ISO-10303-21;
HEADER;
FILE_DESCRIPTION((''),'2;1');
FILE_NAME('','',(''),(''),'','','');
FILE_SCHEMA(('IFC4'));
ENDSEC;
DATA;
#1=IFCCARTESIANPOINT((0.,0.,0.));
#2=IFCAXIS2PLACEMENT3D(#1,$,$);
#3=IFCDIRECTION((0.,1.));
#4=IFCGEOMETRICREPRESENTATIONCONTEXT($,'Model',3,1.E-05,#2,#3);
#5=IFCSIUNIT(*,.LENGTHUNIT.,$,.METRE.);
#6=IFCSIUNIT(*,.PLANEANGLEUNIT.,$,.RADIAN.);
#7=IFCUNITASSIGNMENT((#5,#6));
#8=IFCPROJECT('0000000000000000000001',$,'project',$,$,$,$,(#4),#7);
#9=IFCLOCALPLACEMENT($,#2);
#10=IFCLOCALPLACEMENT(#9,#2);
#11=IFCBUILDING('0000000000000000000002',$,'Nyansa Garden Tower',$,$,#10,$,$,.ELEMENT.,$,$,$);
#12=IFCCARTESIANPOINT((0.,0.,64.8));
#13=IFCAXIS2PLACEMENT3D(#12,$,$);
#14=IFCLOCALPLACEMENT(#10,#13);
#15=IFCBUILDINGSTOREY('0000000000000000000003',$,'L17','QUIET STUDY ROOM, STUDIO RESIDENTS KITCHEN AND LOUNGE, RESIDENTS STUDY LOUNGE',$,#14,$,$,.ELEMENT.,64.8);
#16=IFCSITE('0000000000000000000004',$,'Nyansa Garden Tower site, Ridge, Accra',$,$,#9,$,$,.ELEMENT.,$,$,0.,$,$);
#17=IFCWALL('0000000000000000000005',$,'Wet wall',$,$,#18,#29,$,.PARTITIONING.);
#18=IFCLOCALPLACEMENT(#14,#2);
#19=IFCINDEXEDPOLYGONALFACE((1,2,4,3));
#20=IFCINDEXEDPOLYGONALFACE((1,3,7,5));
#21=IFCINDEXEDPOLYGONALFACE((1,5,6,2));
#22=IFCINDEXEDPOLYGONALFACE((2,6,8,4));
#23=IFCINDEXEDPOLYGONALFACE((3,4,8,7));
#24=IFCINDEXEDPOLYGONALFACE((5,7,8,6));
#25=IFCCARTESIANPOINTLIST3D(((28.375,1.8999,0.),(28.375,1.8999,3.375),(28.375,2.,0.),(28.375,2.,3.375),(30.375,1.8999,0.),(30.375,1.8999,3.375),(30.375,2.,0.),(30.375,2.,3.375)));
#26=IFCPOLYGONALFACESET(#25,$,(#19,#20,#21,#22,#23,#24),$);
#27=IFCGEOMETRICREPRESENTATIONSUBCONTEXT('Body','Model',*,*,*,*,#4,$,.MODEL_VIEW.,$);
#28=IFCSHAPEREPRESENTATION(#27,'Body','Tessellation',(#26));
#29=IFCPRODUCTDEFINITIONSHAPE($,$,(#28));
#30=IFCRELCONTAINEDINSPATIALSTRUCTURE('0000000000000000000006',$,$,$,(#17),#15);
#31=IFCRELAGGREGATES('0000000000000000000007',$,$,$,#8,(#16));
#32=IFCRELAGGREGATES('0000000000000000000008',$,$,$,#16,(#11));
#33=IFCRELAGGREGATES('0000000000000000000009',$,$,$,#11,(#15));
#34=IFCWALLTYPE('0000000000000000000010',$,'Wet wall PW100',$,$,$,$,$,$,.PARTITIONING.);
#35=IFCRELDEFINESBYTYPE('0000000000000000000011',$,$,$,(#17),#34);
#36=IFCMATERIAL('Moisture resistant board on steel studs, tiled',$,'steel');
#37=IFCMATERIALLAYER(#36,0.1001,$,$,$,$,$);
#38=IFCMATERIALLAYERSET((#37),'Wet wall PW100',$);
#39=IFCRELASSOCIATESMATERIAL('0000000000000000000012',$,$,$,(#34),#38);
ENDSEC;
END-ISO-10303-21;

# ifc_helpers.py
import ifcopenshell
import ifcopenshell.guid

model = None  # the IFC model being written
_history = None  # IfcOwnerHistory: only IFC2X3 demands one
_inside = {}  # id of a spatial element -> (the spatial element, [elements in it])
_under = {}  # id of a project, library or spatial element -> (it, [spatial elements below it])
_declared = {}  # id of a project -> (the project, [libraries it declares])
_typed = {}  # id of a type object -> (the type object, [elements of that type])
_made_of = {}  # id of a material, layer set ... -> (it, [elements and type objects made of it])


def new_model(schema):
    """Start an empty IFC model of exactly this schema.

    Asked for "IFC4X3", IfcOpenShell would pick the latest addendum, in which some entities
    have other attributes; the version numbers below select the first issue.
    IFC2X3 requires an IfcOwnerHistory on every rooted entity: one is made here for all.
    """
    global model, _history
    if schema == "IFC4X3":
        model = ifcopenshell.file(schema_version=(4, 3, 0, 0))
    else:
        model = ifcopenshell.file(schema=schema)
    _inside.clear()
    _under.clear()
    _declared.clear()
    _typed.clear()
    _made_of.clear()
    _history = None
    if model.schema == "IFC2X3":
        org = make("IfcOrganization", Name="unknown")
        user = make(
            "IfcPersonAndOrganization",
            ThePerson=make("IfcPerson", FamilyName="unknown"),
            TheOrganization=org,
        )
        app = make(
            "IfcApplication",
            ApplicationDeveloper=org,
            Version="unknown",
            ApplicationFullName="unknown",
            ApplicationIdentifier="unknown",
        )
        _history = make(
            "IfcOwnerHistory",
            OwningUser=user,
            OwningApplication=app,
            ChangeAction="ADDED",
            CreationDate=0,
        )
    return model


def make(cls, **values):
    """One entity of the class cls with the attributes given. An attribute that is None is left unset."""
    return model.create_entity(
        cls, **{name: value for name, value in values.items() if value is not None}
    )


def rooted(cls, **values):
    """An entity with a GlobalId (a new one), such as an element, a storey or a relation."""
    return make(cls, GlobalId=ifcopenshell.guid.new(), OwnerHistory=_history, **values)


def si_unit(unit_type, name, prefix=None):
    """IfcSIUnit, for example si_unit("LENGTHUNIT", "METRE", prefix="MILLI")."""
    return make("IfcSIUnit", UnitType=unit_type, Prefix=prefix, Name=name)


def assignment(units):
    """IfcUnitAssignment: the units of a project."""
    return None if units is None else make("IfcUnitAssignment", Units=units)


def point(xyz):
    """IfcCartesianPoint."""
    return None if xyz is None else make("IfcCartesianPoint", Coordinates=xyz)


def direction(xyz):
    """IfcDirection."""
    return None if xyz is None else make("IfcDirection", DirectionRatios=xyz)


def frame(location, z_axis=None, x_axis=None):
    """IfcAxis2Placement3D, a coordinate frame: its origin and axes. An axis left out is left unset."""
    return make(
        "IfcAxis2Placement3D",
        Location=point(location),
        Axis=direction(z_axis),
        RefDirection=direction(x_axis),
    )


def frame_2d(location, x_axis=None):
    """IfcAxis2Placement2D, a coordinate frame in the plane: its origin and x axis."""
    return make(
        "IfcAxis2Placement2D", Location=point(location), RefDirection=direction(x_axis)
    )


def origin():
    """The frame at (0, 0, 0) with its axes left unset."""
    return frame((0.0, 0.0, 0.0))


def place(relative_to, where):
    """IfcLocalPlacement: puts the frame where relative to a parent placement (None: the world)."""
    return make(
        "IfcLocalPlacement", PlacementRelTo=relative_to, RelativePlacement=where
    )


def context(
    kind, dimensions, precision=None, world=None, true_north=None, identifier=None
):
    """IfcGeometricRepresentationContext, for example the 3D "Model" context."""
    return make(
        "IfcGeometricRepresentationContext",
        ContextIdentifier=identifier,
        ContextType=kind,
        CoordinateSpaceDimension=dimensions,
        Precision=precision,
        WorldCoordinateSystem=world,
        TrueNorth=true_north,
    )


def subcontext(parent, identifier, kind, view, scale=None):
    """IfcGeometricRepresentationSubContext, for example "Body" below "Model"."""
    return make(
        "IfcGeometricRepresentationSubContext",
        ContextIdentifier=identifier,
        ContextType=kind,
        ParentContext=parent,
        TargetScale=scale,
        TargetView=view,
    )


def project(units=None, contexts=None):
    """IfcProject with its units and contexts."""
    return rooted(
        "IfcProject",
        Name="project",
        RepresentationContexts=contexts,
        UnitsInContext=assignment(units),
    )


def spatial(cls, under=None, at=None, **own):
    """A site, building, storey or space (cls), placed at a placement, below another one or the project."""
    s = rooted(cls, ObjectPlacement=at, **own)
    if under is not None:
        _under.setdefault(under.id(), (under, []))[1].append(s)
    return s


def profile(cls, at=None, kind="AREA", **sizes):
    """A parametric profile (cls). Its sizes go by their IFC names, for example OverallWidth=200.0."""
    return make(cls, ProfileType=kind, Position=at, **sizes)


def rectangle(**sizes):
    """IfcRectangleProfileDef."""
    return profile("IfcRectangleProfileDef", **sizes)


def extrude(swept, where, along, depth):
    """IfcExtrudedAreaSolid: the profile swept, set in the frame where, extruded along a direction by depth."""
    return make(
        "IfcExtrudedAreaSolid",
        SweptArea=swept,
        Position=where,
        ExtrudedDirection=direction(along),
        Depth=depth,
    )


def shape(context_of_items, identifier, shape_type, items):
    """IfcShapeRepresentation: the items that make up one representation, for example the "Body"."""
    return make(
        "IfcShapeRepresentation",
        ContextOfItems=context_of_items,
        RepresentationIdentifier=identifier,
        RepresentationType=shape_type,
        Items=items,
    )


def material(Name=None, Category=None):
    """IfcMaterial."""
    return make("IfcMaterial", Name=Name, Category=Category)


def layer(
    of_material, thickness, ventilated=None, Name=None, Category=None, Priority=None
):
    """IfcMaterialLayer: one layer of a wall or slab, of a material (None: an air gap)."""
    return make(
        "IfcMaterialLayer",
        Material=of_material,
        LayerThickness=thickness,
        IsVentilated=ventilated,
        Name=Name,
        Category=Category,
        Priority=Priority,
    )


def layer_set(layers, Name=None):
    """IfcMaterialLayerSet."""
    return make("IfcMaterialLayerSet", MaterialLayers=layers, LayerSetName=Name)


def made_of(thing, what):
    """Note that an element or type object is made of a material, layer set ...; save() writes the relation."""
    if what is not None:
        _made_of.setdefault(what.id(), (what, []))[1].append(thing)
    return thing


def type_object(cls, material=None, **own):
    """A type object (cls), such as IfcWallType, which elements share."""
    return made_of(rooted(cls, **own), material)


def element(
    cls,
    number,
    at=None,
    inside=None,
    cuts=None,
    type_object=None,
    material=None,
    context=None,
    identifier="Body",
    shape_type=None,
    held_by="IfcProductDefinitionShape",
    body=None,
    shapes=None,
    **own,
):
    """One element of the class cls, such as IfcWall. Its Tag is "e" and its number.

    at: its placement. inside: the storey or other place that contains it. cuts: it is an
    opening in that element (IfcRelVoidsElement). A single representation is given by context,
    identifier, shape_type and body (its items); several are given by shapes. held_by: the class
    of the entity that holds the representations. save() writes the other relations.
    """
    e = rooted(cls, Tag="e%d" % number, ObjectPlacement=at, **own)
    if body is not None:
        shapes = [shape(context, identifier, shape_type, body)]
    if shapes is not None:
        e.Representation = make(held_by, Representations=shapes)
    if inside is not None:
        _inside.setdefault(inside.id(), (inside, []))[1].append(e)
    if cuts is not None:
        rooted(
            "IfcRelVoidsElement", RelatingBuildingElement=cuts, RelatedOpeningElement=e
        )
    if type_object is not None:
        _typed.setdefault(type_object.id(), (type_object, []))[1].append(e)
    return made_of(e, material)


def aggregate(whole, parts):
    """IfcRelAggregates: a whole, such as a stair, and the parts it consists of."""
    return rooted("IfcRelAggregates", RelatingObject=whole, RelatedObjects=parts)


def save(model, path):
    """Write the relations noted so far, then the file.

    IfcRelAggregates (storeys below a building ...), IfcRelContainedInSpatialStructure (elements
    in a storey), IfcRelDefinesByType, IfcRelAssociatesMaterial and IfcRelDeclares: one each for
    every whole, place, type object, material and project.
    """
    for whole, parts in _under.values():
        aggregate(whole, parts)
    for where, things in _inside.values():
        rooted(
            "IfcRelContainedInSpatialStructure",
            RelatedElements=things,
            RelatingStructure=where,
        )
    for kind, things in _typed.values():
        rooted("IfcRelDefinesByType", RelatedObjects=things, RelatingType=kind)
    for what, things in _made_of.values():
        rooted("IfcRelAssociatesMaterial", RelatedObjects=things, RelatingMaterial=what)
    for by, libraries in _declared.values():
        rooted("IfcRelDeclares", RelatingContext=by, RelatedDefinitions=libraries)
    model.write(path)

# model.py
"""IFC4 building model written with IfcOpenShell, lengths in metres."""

from ifc_helpers import new_model, si_unit, direction, frame, frame_2d, origin, place, context, subcontext, project, spatial, rectangle, extrude, material, layer, layer_set, type_object, element, save


model = new_model("IFC4")

# Units and contexts
model_context = context("Model", 3, precision=1e-05, world=origin(), true_north=direction((0.0, 1.0)))
body_context = subcontext(model_context, "Body", "Model", "MODEL_VIEW")
ifc_project = project(units=[si_unit("LENGTHUNIT", "METRE"), si_unit("PLANEANGLEUNIT", "RADIAN")], contexts=[model_context])

# Site, building, storey
site_placement = place(None, origin())
site = spatial("IfcSite", under=ifc_project, at=site_placement, Name="Nyansa Garden Tower site, Ridge, Accra", CompositionType="ELEMENT", RefElevation=0.0)
building_placement = place(site_placement, origin())
building = spatial("IfcBuilding", under=site, at=building_placement, Name="Nyansa Garden Tower", CompositionType="ELEMENT")
storey_placement = place(building_placement, frame((0.0, 0.0, 64.8)))
storey = spatial("IfcBuildingStorey", under=building, at=storey_placement, Name="L17", Description="QUIET STUDY ROOM, STUDIO RESIDENTS KITCHEN AND LOUNGE, RESIDENTS STUDY LOUNGE", CompositionType="ELEMENT", Elevation=64.8)

# Shared definitions
ifc_material_1 = material(Name="Moisture resistant board on steel studs, tiled", Category="steel")
ifc_layer_1 = layer(ifc_material_1, 0.1001)
ifc_layer_set_1 = layer_set([ifc_layer_1], Name="Wet wall PW100")
wall_type_1 = type_object("IfcWallType", Name="Wet wall PW100", PredefinedType="PARTITIONING", material=ifc_layer_set_1)

# Wall
wall_1_placement = place(storey_placement, frame((28.375, 1.95, 0.0), z_axis=(0.0, 0.0, 1.0), x_axis=(1.0, 0.0, 0.0)))
element("IfcWall", 1, at=wall_1_placement, inside=storey, type_object=wall_type_1, Name="Wet wall", PredefinedType="PARTITIONING", context=body_context, shape_type="SweptSolid", body=[
    extrude(rectangle(XDim=2.0, YDim=0.1001, at=frame_2d((1.0, 0.0))), origin(), (0.0, 0.0, 1.0), 3.375),
])

save(model, "model.ifc")
